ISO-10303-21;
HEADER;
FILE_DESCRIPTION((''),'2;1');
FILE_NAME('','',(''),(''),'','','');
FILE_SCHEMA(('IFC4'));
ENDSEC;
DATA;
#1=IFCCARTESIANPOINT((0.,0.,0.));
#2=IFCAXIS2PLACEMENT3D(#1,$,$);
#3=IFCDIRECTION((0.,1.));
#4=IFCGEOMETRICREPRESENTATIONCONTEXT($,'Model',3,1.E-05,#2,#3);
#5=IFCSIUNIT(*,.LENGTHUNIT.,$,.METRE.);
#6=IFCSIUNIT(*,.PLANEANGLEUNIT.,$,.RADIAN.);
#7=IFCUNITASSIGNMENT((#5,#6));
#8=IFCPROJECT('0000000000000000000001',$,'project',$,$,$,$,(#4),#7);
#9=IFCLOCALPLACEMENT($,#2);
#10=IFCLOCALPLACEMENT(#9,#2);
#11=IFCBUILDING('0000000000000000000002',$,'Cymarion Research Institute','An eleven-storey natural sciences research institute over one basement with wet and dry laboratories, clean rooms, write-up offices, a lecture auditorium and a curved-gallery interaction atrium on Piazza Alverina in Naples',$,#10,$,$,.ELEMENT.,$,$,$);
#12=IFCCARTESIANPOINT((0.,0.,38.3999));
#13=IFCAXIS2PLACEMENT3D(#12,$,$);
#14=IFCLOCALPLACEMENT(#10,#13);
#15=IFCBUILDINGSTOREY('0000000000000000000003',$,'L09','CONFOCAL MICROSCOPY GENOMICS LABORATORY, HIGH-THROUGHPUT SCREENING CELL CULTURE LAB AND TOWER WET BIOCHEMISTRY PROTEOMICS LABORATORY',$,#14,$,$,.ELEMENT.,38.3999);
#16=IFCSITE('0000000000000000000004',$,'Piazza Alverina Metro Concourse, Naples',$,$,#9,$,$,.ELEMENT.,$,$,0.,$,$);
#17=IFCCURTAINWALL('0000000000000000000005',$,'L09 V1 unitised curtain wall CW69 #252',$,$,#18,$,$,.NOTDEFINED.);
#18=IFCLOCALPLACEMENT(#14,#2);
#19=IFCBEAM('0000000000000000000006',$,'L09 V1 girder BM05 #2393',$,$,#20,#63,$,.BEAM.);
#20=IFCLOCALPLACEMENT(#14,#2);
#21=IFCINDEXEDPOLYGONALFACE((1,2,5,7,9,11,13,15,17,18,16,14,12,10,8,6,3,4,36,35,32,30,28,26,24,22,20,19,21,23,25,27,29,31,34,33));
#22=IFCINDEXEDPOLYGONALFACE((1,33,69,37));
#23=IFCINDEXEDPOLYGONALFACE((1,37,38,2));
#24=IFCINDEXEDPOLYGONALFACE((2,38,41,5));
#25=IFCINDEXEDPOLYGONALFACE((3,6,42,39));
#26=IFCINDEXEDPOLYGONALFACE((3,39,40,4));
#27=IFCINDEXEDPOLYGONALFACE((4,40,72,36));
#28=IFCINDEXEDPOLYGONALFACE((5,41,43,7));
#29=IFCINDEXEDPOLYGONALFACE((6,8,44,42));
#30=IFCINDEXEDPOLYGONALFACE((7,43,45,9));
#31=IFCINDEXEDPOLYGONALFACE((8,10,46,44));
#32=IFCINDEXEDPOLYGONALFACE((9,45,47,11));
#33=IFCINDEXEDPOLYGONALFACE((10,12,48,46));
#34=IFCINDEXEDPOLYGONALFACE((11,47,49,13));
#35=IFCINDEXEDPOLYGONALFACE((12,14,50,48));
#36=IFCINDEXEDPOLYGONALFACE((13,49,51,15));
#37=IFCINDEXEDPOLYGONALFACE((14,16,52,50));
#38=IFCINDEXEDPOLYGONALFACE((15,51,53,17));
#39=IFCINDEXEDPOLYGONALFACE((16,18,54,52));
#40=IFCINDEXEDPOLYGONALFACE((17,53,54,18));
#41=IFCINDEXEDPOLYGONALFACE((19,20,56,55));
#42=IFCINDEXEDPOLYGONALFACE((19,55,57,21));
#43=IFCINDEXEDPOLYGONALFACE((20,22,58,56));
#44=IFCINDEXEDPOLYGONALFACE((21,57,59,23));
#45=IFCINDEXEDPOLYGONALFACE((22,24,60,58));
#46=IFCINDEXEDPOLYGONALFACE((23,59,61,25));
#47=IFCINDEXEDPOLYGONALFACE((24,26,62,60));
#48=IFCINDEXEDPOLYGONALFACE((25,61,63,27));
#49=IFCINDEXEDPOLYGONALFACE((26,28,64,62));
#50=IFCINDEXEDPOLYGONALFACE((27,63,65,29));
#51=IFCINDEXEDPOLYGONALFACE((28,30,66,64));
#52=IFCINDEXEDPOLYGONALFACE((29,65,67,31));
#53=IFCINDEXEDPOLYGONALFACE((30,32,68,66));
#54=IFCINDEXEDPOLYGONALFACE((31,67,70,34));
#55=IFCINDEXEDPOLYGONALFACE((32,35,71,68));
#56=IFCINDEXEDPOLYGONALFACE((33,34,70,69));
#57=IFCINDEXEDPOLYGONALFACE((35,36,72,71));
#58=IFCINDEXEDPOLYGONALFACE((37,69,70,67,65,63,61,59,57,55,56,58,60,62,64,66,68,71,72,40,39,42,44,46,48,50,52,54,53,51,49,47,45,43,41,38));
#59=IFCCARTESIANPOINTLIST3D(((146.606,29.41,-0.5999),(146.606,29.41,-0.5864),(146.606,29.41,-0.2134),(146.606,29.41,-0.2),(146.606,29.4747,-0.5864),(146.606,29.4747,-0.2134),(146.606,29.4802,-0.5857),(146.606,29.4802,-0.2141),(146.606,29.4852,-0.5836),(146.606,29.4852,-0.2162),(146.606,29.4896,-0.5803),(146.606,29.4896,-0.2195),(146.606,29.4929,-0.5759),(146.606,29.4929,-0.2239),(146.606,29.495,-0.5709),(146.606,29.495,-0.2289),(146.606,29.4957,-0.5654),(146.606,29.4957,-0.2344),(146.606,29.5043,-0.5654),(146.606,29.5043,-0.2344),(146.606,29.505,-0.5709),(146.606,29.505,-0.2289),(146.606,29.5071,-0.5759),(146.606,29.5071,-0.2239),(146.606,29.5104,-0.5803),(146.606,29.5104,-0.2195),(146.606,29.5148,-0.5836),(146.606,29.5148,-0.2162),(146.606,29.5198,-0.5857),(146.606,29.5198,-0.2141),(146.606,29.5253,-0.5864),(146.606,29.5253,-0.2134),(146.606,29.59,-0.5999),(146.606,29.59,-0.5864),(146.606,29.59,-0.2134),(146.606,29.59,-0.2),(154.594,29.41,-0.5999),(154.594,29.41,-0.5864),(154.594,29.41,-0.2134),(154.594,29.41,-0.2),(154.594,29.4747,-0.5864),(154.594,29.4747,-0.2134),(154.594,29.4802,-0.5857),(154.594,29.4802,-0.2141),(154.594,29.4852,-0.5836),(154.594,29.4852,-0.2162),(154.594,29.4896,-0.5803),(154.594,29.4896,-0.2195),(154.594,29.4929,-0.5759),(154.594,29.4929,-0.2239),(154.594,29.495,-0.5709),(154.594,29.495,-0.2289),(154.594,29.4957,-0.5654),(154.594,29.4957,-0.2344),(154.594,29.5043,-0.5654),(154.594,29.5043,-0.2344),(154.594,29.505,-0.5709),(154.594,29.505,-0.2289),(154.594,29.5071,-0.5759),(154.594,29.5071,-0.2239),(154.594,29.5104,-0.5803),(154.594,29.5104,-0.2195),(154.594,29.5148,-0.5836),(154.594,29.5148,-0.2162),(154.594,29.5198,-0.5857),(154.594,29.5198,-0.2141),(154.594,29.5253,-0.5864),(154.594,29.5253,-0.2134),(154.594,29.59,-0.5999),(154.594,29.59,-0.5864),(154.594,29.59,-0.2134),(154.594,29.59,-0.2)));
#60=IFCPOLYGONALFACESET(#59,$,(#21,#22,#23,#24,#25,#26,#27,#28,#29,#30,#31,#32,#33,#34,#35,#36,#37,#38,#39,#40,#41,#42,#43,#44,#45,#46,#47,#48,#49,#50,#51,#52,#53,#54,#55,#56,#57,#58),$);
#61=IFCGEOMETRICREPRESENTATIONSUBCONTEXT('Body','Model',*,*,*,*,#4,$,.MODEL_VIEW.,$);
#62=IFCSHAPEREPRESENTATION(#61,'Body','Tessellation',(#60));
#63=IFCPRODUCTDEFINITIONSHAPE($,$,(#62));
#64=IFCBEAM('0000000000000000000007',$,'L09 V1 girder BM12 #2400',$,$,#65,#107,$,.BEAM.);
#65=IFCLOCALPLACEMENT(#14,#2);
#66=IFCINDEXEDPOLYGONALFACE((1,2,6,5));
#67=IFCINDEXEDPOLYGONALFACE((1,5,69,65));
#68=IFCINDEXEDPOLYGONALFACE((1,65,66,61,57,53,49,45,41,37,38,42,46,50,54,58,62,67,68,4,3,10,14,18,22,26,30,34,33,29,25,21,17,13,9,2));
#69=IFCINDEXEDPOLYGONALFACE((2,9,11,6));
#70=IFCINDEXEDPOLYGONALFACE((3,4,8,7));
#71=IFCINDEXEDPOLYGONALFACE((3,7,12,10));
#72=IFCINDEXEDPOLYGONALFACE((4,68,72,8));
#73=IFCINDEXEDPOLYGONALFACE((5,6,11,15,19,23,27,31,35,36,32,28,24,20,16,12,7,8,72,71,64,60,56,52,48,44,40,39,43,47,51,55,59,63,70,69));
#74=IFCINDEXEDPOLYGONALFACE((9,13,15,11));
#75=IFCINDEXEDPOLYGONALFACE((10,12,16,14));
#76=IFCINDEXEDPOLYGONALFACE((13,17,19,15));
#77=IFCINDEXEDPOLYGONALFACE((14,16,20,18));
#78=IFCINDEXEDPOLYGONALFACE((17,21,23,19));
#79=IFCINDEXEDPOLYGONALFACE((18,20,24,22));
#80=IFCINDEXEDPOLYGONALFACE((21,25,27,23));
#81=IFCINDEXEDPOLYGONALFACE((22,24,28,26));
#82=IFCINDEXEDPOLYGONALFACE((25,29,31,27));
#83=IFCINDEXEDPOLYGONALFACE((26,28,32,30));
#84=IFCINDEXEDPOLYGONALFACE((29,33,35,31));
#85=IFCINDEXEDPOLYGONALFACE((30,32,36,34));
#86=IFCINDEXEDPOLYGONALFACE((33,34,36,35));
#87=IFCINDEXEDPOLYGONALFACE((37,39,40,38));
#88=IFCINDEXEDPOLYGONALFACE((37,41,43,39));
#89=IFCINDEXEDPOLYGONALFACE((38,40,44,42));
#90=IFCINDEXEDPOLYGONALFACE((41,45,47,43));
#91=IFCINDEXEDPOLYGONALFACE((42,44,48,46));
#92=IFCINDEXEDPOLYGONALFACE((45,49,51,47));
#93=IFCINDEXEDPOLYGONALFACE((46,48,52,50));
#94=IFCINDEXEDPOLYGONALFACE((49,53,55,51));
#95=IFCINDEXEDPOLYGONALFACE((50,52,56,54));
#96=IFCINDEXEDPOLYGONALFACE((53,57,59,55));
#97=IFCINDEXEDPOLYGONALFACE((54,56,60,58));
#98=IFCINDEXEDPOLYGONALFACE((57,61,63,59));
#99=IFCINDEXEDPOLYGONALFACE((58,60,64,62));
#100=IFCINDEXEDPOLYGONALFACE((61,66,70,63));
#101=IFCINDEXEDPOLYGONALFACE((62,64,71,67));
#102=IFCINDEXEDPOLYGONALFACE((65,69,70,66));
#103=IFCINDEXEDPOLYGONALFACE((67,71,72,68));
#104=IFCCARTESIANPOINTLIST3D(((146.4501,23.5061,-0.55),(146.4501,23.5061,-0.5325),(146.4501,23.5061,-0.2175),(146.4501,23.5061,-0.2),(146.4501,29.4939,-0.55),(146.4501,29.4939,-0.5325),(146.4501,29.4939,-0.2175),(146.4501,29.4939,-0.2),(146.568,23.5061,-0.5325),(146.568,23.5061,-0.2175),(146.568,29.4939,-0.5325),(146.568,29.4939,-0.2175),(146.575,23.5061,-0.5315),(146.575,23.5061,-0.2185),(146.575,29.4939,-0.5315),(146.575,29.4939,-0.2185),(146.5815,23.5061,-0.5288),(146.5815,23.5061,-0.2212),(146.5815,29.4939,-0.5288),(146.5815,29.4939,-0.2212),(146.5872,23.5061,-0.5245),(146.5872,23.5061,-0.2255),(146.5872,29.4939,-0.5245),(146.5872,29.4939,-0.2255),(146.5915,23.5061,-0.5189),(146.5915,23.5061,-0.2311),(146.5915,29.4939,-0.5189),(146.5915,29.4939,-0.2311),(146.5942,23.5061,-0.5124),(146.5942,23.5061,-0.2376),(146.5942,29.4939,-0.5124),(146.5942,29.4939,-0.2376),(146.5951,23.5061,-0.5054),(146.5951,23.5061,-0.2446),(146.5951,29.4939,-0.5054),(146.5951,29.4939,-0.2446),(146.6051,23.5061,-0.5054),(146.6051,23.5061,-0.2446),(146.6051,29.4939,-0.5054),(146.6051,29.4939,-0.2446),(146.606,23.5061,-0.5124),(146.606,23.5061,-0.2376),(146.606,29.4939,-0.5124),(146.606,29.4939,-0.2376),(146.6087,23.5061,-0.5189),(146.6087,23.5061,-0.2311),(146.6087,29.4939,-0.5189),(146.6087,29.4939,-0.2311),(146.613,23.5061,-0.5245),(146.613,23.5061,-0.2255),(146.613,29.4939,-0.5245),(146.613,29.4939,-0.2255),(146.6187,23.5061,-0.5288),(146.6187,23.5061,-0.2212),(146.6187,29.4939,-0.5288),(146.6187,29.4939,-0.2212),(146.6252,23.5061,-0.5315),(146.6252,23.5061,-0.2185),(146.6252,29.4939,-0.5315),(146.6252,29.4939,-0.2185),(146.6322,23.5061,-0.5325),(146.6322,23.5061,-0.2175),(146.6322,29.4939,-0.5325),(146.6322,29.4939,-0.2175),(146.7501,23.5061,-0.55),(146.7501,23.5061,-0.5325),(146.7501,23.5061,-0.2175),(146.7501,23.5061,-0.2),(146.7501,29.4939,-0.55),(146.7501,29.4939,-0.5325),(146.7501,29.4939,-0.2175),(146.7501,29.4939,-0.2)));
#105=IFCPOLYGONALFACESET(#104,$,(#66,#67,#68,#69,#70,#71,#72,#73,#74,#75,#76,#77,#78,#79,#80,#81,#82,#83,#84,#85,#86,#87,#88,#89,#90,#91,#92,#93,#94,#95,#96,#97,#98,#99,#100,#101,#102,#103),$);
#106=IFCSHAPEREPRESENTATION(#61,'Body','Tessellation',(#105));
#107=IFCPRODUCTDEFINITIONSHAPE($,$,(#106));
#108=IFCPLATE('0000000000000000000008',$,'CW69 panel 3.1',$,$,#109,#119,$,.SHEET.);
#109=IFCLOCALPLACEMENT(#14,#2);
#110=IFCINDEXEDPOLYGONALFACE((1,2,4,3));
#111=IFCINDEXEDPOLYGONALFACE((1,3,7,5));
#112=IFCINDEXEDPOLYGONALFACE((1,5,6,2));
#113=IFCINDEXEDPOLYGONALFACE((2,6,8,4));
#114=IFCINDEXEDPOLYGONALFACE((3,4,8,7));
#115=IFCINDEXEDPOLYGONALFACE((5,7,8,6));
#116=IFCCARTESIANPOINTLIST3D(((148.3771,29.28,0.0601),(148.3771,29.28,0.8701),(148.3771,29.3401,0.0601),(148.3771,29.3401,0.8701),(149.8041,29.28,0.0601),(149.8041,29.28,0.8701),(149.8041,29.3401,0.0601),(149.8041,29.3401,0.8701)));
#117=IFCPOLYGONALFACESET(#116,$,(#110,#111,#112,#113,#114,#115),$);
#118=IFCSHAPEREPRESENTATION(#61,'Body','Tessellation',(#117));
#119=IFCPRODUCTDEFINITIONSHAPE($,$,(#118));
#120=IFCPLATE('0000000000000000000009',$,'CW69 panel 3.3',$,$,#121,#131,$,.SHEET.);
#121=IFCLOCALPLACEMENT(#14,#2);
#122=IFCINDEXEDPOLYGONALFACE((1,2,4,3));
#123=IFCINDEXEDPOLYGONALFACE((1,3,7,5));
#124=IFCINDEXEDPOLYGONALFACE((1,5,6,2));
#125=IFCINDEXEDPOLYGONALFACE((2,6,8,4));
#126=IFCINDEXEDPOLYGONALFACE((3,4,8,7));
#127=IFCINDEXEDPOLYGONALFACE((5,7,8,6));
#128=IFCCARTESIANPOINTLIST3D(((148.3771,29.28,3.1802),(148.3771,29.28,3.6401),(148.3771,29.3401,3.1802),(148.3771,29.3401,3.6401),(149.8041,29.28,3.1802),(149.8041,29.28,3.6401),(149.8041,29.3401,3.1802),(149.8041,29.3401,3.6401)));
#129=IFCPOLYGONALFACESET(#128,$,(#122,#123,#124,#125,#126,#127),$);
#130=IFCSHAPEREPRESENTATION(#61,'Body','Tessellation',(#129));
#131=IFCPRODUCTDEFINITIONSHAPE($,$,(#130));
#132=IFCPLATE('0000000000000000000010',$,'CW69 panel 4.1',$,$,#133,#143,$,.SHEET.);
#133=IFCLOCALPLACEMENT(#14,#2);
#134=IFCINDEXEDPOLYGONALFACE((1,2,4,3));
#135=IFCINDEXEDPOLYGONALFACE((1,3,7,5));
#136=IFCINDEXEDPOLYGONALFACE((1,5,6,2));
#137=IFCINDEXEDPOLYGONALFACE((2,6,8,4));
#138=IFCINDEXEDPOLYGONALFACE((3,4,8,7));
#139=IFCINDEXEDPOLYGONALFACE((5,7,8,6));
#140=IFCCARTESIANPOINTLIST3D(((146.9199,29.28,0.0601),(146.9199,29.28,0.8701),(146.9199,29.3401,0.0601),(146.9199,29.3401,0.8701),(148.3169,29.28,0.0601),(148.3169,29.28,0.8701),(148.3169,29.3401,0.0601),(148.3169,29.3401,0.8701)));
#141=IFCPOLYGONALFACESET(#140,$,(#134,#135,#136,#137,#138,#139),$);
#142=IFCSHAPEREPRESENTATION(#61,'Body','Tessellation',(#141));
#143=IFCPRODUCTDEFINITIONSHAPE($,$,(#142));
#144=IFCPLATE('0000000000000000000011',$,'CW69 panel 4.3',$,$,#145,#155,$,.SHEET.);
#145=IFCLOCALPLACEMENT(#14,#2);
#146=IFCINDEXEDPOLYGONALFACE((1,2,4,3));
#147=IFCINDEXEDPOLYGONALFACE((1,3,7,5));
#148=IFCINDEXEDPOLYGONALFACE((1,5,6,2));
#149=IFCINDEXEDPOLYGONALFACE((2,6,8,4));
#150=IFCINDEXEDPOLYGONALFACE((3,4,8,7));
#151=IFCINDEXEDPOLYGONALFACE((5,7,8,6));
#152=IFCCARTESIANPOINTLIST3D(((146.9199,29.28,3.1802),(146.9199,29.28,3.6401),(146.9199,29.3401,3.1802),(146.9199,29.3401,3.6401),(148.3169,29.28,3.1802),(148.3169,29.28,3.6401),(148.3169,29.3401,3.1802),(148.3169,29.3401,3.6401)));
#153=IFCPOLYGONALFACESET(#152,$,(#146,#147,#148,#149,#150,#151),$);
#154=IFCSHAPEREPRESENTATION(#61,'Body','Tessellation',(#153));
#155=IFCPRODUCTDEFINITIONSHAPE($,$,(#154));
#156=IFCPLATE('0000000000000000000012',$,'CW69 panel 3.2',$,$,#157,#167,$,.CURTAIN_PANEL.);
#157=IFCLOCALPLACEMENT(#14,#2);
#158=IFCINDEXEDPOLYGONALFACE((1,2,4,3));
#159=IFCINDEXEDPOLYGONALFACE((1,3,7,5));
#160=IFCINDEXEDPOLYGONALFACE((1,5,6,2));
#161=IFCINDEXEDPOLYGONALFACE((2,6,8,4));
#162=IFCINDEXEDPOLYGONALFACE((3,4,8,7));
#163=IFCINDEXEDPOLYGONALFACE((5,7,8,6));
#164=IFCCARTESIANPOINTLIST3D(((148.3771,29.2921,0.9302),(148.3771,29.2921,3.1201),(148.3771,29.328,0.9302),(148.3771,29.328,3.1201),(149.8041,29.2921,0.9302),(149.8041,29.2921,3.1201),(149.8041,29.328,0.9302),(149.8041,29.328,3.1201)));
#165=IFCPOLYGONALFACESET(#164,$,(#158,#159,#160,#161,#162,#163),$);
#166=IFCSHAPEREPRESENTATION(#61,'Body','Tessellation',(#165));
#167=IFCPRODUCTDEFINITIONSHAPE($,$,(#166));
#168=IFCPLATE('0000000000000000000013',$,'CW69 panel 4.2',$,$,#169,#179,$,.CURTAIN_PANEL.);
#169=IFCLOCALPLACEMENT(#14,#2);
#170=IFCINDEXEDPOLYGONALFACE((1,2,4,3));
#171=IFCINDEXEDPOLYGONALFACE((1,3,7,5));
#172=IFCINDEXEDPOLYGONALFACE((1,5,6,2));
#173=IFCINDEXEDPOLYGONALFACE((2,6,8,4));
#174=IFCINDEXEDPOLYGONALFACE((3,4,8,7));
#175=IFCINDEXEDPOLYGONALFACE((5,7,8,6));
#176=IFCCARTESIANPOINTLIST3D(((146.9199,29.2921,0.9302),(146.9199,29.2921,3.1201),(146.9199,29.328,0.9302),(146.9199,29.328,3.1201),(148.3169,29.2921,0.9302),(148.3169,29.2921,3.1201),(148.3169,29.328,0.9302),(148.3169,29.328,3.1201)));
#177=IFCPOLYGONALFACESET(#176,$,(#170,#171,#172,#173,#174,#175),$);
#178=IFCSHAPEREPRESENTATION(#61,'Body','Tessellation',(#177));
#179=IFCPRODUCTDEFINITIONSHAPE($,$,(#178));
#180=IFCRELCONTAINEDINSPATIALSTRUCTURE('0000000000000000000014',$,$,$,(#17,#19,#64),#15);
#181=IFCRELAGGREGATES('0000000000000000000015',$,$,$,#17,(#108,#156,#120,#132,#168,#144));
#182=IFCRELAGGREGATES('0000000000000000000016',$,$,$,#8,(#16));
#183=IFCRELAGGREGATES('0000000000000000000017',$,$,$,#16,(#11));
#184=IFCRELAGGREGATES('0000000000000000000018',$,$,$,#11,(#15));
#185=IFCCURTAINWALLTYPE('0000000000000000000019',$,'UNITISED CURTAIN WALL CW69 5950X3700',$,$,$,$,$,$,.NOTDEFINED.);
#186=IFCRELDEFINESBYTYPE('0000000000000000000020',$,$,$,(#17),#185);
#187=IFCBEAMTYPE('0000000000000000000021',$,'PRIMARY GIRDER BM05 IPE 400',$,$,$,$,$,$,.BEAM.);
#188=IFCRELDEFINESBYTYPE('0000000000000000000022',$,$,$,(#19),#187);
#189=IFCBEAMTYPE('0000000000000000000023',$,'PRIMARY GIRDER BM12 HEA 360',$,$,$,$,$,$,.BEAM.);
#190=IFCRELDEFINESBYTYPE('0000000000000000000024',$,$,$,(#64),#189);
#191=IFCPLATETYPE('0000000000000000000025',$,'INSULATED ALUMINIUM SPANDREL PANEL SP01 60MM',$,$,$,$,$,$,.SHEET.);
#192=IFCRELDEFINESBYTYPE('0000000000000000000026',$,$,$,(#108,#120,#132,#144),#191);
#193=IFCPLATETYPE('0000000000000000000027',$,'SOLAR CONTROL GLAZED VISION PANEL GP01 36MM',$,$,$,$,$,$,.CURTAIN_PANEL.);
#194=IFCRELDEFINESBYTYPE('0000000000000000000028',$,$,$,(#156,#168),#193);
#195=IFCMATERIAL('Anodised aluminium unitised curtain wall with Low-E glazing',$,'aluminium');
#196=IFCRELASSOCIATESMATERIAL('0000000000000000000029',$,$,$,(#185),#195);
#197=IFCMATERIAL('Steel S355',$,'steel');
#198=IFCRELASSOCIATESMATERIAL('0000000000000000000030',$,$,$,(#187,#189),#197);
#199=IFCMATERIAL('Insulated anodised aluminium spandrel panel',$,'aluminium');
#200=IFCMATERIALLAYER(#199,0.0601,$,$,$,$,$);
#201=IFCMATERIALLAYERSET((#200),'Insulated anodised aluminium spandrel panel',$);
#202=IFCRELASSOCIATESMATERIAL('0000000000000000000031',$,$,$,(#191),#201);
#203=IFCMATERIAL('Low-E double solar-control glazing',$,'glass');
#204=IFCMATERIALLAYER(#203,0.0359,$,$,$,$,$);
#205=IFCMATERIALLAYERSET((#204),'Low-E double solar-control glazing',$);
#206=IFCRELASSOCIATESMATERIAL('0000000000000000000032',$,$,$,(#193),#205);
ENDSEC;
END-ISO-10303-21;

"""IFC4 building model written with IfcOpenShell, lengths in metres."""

from ifc_helpers import new_model, si_unit, direction, frame, origin, origin_2d, place, context, subcontext, project, spatial, rectangle, i_section, extrude, material, layer, layer_set, material_profile, profile_set, type_object, element, aggregate, save


model = new_model("IFC4")

# Units and contexts
model_context = context("Model", 3, precision=1e-05, world=origin(), true_north=direction((0.0, 1.0)))
body_context = subcontext(model_context, "Body", "Model", "MODEL_VIEW")
ifc_project = project(units=[si_unit("LENGTHUNIT", "METRE"), si_unit("PLANEANGLEUNIT", "RADIAN")], contexts=[model_context])

# Site, building, storey
site_placement = place(None, origin())
site = spatial("IfcSite", under=ifc_project, at=site_placement, Name="Piazza Alverina Metro Concourse, Naples", CompositionType="ELEMENT", RefElevation=0.0)
building_placement = place(site_placement, origin())
building = spatial("IfcBuilding", under=site, at=building_placement, Name="Cymarion Research Institute", Description="An eleven-storey natural sciences research institute over one basement with wet and dry laboratories, clean rooms, write-up offices, a lecture auditorium and a curved-gallery interaction atrium on Piazza Alverina in Naples", CompositionType="ELEMENT")
storey_placement = place(building_placement, frame((0.0, 0.0, 38.3999)))
storey = spatial("IfcBuildingStorey", under=building, at=storey_placement, Name="L09", Description="CONFOCAL MICROSCOPY GENOMICS LABORATORY, HIGH-THROUGHPUT SCREENING CELL CULTURE LAB AND TOWER WET BIOCHEMISTRY PROTEOMICS LABORATORY", CompositionType="ELEMENT", Elevation=38.3999)

# Shared definitions
ifc_material_1 = material(Name="Steel S355", Category="steel")

# Curtain wall
ifc_material_2 = material(Name="Anodised aluminium unitised curtain wall with Low-E glazing", Category="aluminium")
curtain_wall_type = type_object("IfcCurtainWallType", Name="UNITISED CURTAIN WALL CW69 5950X3700", PredefinedType="NOTDEFINED", material=ifc_material_2)
curtain_wall_placement = place(storey_placement, origin())
curtain_wall = element("IfcCurtainWall", 1, at=curtain_wall_placement, inside=storey, type_object=curtain_wall_type, Name="L09 V1 unitised curtain wall CW69 #252", PredefinedType="NOTDEFINED")

# Beams
ifc_material_profile_1 = material_profile(ifc_material_1, i_section(OverallWidth=0.1799, OverallDepth=0.3999, WebThickness=0.0085, FlangeThickness=0.0134, FilletRadius=0.021, at=origin_2d()), Name="IPE 400")
ifc_profile_set_1 = profile_set([ifc_material_profile_1], Name="Steel S355")
beam_type_1 = type_object("IfcBeamType", Name="PRIMARY GIRDER BM05 IPE 400", PredefinedType="BEAM", material=ifc_profile_set_1)
beam_1_placement = place(storey_placement, frame((146.606, 29.5, -0.3999), z_axis=(1.0, 0.0, 0.0), x_axis=(0.0, 1.0, 0.0)))
element("IfcBeam", 2, at=beam_1_placement, inside=storey, type_object=beam_type_1, Name="L09 V1 girder BM05 #2393", PredefinedType="BEAM", context=body_context, shape_type="SweptSolid", body=[
    extrude(i_section(OverallWidth=0.1799, OverallDepth=0.3999, WebThickness=0.0085, FlangeThickness=0.0134, FilletRadius=0.021, at=origin_2d()), origin(), (0.0, 0.0, 1.0), 7.988),
])
ifc_material_profile_2 = material_profile(ifc_material_1, i_section(OverallWidth=0.3, OverallDepth=0.3501, WebThickness=0.01, FlangeThickness=0.0176, FilletRadius=0.0271, at=origin_2d()), Name="HEA 360")
ifc_profile_set_2 = profile_set([ifc_material_profile_2], Name="Steel S355")
beam_type_2 = type_object("IfcBeamType", Name="PRIMARY GIRDER BM12 HEA 360", PredefinedType="BEAM", material=ifc_profile_set_2)
beam_2_placement = place(storey_placement, frame((146.6001, 23.5061, -0.375), z_axis=(0.0, 1.0, 0.0), x_axis=(-1.0, 0.0, 0.0)))
element("IfcBeam", 3, at=beam_2_placement, inside=storey, type_object=beam_type_2, Name="L09 V1 girder BM12 #2400", PredefinedType="BEAM", context=body_context, shape_type="SweptSolid", body=[
    extrude(i_section(OverallWidth=0.3, OverallDepth=0.3501, WebThickness=0.01, FlangeThickness=0.0176, FilletRadius=0.0271, at=origin_2d()), origin(), (0.0, 0.0, 1.0), 5.9878),
])

# Plates
ifc_material_3 = material(Name="Insulated anodised aluminium spandrel panel", Category="aluminium")
ifc_layer_1 = layer(ifc_material_3, 0.0601)
ifc_layer_set_1 = layer_set([ifc_layer_1], Name="Insulated anodised aluminium spandrel panel")
plate_type_1 = type_object("IfcPlateType", Name="INSULATED ALUMINIUM SPANDREL PANEL SP01 60MM", PredefinedType="SHEET", material=ifc_layer_set_1)
plate_1_placement = place(storey_placement, frame((149.0906, 29.3101, 0.0601), z_axis=(0.0, 0.0, 1.0), x_axis=(-1.0, 0.0, 0.0)))
plate_1 = element("IfcPlate", 4, at=plate_1_placement, type_object=plate_type_1, Name="CW69 panel 3.1", PredefinedType="SHEET", context=body_context, shape_type="SweptSolid", body=[
    extrude(rectangle(XDim=1.427, YDim=0.0601, at=origin_2d()), origin(), (0.0, 0.0, 1.0), 0.8101),
])
plate_2_placement = place(storey_placement, frame((149.0906, 29.3101, 3.1802), z_axis=(0.0, 0.0, 1.0), x_axis=(-1.0, 0.0, 0.0)))
plate_2 = element("IfcPlate", 5, at=plate_2_placement, type_object=plate_type_1, Name="CW69 panel 3.3", PredefinedType="SHEET", context=body_context, shape_type="SweptSolid", body=[
    extrude(rectangle(XDim=1.427, YDim=0.0601, at=origin_2d()), origin(), (0.0, 0.0, 1.0), 0.46),
])
plate_3_placement = place(storey_placement, frame((147.6184, 29.3101, 0.0601), z_axis=(0.0, 0.0, 1.0), x_axis=(-1.0, 0.0, 0.0)))
plate_3 = element("IfcPlate", 6, at=plate_3_placement, type_object=plate_type_1, Name="CW69 panel 4.1", PredefinedType="SHEET", context=body_context, shape_type="SweptSolid", body=[
    extrude(rectangle(XDim=1.397, YDim=0.0601, at=origin_2d()), origin(), (0.0, 0.0, 1.0), 0.8101),
])
plate_4_placement = place(storey_placement, frame((147.6184, 29.3101, 3.1802), z_axis=(0.0, 0.0, 1.0), x_axis=(-1.0, 0.0, 0.0)))
plate_4 = element("IfcPlate", 7, at=plate_4_placement, type_object=plate_type_1, Name="CW69 panel 4.3", PredefinedType="SHEET", context=body_context, shape_type="SweptSolid", body=[
    extrude(rectangle(XDim=1.397, YDim=0.0601, at=origin_2d()), origin(), (0.0, 0.0, 1.0), 0.46),
])
ifc_material_4 = material(Name="Low-E double solar-control glazing", Category="glass")
ifc_layer_2 = layer(ifc_material_4, 0.0359)
ifc_layer_set_2 = layer_set([ifc_layer_2], Name="Low-E double solar-control glazing")
plate_type_2 = type_object("IfcPlateType", Name="SOLAR CONTROL GLAZED VISION PANEL GP01 36MM", PredefinedType="CURTAIN_PANEL", material=ifc_layer_set_2)
plate_5_placement = place(storey_placement, frame((149.0906, 29.3101, 0.9302), z_axis=(0.0, 0.0, 1.0), x_axis=(-1.0, 0.0, 0.0)))
plate_5 = element("IfcPlate", 8, at=plate_5_placement, type_object=plate_type_2, Name="CW69 panel 3.2", PredefinedType="CURTAIN_PANEL", context=body_context, shape_type="SweptSolid", body=[
    extrude(rectangle(XDim=1.427, YDim=0.0359, at=origin_2d()), origin(), (0.0, 0.0, 1.0), 2.1899),
])
plate_6_placement = place(storey_placement, frame((147.6184, 29.3101, 0.9302), z_axis=(0.0, 0.0, 1.0), x_axis=(-1.0, 0.0, 0.0)))
plate_6 = element("IfcPlate", 9, at=plate_6_placement, type_object=plate_type_2, Name="CW69 panel 4.2", PredefinedType="CURTAIN_PANEL", context=body_context, shape_type="SweptSolid", body=[
    extrude(rectangle(XDim=1.397, YDim=0.0359, at=origin_2d()), origin(), (0.0, 0.0, 1.0), 2.1899),
])
aggregate(curtain_wall, [plate_1, plate_5, plate_2, plate_3, plate_6, plate_4])

save(model, "model.ifc")
